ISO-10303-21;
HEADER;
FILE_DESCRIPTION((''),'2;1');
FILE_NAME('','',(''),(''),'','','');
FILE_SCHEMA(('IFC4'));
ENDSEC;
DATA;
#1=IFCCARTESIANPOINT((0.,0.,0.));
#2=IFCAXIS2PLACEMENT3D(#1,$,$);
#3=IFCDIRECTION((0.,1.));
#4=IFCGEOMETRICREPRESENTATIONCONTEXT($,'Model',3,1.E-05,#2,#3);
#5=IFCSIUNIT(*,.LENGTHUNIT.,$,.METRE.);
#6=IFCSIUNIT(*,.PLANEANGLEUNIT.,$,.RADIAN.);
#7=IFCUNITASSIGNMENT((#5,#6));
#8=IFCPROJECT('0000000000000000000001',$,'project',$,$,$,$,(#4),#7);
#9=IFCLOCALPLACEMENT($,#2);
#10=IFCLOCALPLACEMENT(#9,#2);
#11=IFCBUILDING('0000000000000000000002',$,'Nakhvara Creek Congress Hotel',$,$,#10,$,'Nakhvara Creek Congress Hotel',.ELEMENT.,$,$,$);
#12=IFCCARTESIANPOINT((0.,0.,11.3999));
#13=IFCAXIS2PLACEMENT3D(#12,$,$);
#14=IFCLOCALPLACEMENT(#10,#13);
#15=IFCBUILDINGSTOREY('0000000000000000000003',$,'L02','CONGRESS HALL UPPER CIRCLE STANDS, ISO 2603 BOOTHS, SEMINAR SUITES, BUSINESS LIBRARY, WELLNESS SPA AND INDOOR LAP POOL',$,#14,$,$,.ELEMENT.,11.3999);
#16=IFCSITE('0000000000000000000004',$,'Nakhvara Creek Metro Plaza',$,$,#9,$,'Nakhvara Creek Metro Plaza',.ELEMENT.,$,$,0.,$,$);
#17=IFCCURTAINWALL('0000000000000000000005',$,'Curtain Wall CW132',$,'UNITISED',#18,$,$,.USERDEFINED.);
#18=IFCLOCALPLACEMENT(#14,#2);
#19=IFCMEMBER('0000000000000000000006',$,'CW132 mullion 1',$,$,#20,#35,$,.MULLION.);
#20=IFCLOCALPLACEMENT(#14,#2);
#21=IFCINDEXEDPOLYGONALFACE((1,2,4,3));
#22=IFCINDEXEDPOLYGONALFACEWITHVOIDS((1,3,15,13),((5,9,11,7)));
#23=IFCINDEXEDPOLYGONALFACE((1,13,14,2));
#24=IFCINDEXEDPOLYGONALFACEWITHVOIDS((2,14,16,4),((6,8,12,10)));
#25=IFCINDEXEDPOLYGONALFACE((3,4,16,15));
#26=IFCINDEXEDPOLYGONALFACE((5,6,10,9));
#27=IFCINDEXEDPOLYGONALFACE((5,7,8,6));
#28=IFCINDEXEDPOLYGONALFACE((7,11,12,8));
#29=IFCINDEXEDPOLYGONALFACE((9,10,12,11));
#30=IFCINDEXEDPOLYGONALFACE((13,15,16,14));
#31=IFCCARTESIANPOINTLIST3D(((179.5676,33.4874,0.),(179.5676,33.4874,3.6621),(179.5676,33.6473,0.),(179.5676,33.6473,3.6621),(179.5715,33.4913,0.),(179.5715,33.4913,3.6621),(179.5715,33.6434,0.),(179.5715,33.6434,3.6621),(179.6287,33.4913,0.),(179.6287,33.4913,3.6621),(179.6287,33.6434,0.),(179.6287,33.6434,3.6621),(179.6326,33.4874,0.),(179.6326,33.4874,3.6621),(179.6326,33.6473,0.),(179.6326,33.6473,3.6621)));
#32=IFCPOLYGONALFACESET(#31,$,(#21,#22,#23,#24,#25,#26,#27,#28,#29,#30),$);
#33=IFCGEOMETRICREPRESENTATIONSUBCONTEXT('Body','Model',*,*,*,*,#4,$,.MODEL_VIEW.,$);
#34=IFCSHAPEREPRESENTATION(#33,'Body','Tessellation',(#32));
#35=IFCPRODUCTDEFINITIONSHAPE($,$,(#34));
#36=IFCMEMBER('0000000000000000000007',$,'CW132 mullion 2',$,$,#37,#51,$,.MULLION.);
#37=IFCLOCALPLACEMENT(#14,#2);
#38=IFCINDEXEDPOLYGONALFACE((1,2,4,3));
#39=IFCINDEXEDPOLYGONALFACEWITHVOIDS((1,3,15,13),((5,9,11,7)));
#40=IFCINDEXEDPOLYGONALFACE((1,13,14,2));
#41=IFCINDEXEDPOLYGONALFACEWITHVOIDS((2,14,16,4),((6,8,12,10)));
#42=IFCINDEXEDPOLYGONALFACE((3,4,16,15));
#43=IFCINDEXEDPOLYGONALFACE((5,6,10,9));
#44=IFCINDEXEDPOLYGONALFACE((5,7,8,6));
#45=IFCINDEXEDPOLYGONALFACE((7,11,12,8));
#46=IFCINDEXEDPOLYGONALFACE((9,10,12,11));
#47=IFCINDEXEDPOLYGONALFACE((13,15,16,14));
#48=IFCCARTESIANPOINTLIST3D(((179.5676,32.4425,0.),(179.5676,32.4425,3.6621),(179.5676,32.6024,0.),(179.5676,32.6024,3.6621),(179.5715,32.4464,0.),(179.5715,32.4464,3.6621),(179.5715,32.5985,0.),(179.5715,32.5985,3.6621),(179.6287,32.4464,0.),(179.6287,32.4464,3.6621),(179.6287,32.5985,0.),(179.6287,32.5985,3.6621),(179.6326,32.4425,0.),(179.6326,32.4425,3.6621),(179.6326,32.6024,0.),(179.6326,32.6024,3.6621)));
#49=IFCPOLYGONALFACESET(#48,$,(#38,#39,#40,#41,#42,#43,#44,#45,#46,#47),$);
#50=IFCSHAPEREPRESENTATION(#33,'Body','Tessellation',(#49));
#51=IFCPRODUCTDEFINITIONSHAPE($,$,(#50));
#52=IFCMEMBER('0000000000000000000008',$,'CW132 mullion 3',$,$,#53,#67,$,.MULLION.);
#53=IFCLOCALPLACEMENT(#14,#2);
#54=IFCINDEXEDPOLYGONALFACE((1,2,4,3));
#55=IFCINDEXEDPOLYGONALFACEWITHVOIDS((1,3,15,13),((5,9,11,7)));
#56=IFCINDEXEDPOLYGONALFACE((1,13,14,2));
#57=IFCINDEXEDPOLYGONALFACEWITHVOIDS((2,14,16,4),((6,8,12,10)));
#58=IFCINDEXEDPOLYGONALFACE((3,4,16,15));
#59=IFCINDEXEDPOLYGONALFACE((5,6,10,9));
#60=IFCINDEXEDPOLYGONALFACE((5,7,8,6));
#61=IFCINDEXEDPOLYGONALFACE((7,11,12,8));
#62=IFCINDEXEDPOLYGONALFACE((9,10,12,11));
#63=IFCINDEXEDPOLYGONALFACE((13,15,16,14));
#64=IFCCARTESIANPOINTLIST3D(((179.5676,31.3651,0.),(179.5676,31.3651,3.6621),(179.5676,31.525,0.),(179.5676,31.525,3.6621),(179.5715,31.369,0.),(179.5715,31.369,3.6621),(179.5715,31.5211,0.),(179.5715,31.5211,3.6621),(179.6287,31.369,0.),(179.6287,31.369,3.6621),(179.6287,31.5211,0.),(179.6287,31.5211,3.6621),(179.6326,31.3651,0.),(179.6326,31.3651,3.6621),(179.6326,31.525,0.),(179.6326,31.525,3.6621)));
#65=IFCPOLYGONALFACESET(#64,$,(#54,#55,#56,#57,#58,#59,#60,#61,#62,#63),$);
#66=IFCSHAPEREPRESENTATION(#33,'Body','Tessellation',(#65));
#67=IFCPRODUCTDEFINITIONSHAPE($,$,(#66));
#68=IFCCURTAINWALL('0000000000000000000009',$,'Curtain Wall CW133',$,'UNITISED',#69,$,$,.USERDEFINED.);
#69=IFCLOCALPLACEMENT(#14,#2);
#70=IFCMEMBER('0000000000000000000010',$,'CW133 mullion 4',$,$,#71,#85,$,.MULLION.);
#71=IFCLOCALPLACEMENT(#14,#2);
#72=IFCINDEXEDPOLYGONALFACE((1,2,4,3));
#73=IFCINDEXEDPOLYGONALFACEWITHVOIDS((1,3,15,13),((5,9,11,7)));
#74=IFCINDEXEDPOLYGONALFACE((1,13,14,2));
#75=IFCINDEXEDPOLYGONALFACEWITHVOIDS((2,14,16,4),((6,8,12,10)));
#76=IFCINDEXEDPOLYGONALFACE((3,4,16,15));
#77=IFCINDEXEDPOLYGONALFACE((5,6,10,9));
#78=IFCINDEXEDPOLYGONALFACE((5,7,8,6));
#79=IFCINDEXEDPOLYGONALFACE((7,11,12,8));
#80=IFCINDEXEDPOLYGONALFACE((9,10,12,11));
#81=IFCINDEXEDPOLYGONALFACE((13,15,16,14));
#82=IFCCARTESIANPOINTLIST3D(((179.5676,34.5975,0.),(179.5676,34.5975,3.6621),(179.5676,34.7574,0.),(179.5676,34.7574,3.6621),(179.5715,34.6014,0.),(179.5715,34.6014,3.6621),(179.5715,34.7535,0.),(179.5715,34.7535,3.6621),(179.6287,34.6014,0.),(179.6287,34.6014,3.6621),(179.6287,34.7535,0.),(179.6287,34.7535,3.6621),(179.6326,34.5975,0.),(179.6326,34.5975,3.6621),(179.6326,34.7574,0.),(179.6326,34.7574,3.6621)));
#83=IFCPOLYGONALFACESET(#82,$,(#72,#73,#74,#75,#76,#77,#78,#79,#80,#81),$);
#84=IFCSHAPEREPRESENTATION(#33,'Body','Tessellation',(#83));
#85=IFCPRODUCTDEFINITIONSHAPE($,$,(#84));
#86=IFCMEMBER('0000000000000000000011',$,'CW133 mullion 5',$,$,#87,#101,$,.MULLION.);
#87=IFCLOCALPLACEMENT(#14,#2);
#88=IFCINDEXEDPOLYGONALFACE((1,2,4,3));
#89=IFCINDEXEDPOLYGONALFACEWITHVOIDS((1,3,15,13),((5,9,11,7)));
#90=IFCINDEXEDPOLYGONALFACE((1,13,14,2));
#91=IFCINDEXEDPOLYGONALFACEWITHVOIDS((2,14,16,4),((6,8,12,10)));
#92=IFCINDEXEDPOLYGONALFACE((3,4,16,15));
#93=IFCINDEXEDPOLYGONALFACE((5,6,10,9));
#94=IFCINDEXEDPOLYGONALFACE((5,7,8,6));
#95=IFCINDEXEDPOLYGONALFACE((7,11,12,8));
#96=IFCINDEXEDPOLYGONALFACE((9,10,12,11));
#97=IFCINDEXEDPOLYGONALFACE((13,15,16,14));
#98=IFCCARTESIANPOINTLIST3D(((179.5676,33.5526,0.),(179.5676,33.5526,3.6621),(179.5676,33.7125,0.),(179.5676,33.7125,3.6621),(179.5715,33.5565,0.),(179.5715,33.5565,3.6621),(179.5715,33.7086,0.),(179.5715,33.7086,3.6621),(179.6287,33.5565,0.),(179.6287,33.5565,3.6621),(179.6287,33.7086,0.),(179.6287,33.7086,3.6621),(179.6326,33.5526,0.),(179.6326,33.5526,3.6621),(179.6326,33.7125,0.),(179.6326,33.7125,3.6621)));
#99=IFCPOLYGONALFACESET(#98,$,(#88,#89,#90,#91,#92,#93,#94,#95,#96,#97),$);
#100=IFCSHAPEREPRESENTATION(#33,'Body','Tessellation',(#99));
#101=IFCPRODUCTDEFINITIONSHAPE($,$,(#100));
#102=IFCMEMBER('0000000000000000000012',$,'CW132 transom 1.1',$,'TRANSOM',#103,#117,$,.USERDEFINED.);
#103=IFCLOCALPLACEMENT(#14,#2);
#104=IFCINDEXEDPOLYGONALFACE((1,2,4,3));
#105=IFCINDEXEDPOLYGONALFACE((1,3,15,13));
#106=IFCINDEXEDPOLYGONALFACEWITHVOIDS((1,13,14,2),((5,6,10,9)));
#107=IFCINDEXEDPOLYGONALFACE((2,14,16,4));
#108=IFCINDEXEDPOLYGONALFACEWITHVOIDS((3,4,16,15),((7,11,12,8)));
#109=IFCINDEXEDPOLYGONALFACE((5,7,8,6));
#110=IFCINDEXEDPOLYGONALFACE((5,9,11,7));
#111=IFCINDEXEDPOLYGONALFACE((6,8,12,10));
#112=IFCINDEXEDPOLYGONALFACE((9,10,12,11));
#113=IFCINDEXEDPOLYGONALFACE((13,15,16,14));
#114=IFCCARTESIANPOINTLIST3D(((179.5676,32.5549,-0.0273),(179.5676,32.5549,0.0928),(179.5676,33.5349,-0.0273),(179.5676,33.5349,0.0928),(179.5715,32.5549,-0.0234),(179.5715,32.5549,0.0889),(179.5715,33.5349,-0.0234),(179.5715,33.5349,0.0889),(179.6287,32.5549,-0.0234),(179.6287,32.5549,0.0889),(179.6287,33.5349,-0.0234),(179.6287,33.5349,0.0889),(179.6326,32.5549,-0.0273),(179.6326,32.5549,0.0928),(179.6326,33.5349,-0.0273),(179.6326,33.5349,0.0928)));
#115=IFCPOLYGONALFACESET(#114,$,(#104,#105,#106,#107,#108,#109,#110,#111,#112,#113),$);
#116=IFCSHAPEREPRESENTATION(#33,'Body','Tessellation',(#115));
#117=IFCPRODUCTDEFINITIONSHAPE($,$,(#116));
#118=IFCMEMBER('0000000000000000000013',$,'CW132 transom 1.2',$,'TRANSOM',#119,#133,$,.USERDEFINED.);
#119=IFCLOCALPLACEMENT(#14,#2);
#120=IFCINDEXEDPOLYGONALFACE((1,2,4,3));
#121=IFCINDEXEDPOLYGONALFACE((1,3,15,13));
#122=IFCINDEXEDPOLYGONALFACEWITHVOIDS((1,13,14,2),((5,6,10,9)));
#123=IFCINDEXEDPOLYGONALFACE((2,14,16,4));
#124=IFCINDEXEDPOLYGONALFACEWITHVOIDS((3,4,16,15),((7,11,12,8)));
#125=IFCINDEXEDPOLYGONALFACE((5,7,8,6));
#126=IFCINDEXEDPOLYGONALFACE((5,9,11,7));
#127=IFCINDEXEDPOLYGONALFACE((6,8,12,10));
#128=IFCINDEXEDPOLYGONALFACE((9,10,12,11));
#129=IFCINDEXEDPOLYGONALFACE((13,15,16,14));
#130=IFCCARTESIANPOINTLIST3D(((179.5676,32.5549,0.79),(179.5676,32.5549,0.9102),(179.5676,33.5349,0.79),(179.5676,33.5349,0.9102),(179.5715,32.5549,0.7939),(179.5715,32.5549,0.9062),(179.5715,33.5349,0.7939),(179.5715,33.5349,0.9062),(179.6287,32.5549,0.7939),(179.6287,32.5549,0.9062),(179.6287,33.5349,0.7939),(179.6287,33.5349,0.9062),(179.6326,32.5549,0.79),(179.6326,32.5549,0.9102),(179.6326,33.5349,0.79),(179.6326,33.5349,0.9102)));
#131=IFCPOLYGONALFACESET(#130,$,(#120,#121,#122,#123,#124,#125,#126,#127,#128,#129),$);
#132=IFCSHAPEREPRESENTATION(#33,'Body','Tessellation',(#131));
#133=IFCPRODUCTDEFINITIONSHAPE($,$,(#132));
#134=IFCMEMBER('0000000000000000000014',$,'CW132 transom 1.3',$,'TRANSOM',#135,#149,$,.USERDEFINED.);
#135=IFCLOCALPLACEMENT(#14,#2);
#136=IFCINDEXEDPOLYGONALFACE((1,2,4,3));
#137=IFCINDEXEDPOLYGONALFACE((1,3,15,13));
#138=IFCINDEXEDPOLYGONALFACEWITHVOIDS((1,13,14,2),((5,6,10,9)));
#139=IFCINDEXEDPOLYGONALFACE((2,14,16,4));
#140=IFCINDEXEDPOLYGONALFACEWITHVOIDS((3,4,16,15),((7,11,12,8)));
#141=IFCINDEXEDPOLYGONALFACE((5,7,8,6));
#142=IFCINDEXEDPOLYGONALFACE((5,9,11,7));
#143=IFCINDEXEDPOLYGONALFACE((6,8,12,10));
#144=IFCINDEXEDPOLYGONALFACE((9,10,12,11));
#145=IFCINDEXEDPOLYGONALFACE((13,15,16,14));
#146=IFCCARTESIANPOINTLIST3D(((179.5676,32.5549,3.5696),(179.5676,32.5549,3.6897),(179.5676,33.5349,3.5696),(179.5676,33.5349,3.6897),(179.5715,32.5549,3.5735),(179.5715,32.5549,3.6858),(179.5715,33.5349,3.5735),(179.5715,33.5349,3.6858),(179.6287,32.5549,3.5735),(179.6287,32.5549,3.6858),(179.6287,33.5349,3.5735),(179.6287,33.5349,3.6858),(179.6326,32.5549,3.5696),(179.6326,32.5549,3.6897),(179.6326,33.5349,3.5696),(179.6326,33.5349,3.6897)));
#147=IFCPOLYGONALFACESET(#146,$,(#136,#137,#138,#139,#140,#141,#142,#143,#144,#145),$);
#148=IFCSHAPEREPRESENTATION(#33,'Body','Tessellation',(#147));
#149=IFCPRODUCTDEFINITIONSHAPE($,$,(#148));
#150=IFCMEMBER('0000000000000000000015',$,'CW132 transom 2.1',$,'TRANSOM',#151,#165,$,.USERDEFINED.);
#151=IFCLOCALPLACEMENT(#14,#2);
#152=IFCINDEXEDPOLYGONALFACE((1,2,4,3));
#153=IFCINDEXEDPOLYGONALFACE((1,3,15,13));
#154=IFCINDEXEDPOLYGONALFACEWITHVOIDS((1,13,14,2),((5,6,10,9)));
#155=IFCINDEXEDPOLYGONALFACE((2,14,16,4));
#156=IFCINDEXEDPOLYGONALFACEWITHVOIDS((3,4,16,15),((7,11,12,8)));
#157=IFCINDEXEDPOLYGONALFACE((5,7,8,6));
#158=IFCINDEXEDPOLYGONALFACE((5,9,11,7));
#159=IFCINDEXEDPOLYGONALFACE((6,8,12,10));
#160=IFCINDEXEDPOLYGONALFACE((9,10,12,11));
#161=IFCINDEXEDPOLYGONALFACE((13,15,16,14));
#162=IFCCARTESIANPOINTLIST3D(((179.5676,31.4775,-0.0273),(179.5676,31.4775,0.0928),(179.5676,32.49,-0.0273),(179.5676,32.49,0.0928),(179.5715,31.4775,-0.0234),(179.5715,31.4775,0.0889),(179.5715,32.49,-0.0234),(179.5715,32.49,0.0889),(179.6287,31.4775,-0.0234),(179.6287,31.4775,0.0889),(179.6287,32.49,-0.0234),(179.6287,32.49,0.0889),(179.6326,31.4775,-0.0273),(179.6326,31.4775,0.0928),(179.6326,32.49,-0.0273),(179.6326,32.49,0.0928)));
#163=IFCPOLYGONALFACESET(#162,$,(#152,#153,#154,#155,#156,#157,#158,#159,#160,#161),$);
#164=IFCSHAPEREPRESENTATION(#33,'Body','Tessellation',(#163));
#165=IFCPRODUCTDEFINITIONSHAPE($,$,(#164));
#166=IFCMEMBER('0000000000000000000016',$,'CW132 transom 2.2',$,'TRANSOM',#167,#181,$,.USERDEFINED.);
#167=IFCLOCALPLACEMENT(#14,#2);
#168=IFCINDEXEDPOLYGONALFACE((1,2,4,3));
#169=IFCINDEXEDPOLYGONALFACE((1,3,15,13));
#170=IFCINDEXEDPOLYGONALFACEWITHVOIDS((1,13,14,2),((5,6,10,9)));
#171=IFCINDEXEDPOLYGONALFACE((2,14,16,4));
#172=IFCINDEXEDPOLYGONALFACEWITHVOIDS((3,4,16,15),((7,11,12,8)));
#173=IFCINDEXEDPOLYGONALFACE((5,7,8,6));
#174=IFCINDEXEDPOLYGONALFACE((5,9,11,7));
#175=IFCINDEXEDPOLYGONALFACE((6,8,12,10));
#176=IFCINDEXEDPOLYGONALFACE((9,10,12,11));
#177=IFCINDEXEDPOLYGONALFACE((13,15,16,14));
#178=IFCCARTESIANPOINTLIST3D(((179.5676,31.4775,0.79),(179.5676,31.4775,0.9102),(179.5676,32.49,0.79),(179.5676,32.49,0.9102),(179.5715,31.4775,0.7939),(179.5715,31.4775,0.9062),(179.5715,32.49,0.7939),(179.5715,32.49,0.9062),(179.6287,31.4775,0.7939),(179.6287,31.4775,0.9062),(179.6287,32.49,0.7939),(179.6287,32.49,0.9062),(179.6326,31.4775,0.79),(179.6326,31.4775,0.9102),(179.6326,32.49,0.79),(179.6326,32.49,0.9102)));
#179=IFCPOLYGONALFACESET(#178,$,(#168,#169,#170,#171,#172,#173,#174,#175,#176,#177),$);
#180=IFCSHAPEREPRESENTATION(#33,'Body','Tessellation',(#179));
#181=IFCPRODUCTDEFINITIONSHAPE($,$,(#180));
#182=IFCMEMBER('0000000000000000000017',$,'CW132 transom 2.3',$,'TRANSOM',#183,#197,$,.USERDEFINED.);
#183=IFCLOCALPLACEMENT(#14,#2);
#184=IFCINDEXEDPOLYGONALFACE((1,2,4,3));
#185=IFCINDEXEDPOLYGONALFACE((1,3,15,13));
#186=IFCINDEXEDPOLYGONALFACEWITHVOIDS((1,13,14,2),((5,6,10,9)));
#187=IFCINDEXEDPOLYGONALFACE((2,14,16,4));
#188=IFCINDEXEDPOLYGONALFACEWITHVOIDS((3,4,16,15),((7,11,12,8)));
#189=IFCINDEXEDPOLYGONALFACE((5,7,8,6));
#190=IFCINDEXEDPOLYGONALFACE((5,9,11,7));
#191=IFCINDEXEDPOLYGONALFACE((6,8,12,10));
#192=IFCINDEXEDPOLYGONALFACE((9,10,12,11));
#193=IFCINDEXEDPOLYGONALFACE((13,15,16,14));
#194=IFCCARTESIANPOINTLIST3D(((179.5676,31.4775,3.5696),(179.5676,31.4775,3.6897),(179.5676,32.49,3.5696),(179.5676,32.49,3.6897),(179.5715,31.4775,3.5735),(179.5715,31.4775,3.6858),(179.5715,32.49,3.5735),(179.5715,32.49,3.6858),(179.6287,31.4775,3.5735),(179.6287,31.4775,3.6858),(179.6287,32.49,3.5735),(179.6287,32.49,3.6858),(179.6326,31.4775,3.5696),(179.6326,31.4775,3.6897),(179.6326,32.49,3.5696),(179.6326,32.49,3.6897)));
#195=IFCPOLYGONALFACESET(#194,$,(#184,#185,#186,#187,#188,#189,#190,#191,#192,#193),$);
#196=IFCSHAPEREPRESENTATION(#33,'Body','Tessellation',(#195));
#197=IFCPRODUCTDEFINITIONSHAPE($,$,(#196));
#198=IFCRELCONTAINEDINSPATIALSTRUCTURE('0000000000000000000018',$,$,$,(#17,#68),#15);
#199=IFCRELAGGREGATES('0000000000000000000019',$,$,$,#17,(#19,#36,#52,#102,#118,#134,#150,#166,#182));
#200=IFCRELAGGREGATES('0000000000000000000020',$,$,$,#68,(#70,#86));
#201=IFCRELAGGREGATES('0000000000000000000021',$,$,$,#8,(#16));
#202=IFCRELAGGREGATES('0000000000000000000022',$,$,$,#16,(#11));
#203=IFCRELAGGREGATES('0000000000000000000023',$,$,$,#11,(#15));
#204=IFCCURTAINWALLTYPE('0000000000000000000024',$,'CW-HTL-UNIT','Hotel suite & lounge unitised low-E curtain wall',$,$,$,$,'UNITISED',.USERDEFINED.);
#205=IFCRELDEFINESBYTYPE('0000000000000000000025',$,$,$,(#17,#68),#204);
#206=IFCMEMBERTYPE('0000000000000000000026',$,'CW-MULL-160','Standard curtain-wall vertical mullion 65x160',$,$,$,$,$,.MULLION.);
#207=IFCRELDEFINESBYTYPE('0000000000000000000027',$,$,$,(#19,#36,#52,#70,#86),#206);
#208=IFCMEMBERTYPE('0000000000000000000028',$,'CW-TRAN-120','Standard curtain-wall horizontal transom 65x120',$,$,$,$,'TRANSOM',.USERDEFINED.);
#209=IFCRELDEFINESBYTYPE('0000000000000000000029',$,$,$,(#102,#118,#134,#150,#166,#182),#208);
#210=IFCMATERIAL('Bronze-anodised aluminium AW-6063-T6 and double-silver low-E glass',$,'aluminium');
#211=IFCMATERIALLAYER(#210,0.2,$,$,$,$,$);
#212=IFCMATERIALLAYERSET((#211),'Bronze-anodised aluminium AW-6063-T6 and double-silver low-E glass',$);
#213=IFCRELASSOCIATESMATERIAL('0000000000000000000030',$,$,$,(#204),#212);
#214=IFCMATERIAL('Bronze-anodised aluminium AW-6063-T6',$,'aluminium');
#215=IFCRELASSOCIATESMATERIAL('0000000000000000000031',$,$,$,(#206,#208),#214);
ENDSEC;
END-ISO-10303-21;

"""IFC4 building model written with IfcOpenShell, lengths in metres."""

from ifc_helpers import new_model, si_unit, direction, frame, origin, origin_2d, place, context, subcontext, project, spatial, hollow_rectangle, extrude, material, layer, layer_set, material_profile, profile_set, type_object, element, aggregate, save


model = new_model("IFC4")

# Units and contexts
model_context = context("Model", 3, precision=1e-05, world=origin(), true_north=direction((0.0, 1.0)))
body_context = subcontext(model_context, "Body", "Model", "MODEL_VIEW")
ifc_project = project(units=[si_unit("LENGTHUNIT", "METRE"), si_unit("PLANEANGLEUNIT", "RADIAN")], contexts=[model_context])

# Site, building, storey
site_placement = place(None, origin())
site = spatial("IfcSite", under=ifc_project, at=site_placement, Name="Nakhvara Creek Metro Plaza", LongName="Nakhvara Creek Metro Plaza", CompositionType="ELEMENT", RefElevation=0.0)
building_placement = place(site_placement, origin())
building = spatial("IfcBuilding", under=site, at=building_placement, Name="Nakhvara Creek Congress Hotel", LongName="Nakhvara Creek Congress Hotel", CompositionType="ELEMENT")
storey_placement = place(building_placement, frame((0.0, 0.0, 11.3999)))
storey = spatial("IfcBuildingStorey", under=building, at=storey_placement, Name="L02", Description="CONGRESS HALL UPPER CIRCLE STANDS, ISO 2603 BOOTHS, SEMINAR SUITES, BUSINESS LIBRARY, WELLNESS SPA AND INDOOR LAP POOL", CompositionType="ELEMENT", Elevation=11.3999)

# Curtain walls, members
ifc_material_1 = material(Name="Bronze-anodised aluminium AW-6063-T6 and double-silver low-E glass", Category="aluminium")
ifc_layer = layer(ifc_material_1, 0.2)
ifc_layer_set = layer_set([ifc_layer], Name="Bronze-anodised aluminium AW-6063-T6 and double-silver low-E glass")
curtain_wall_type = type_object("IfcCurtainWallType", Name="CW-HTL-UNIT", Description="Hotel suite & lounge unitised low-E curtain wall", ElementType="UNITISED", PredefinedType="USERDEFINED", material=ifc_layer_set)
curtain_wall_1_placement = place(storey_placement, origin())
curtain_wall_1 = element("IfcCurtainWall", 1, at=curtain_wall_1_placement, inside=storey, type_object=curtain_wall_type, Name="Curtain Wall CW132", ObjectType="UNITISED", PredefinedType="USERDEFINED")
ifc_material_2 = material(Name="Bronze-anodised aluminium AW-6063-T6", Category="aluminium")
ifc_material_profile_1 = material_profile(ifc_material_2, hollow_rectangle(XDim=0.0649, YDim=0.1599, WallThickness=0.0039, at=origin_2d()), Name="ALU-MULL 65x160x4", Category="LoadBearing")
ifc_profile_set_1 = profile_set([ifc_material_profile_1], Name="Bronze-anodised aluminium AW-6063-T6")
member_type_1 = type_object("IfcMemberType", Name="CW-MULL-160", Description="Standard curtain-wall vertical mullion 65x160", PredefinedType="MULLION", material=ifc_profile_set_1)
member_1_placement = place(storey_placement, frame((179.6001, 33.5674, 0.0), z_axis=(0.0, 0.0, 1.0), x_axis=(1.0, 0.0, 0.0)))
member_1 = element("IfcMember", 2, at=member_1_placement, type_object=member_type_1, Name="CW132 mullion 1", PredefinedType="MULLION", context=body_context, shape_type="SweptSolid", body=[
    extrude(hollow_rectangle(XDim=0.0649, YDim=0.1599, WallThickness=0.0039, at=origin_2d()), origin(), (0.0, 0.0, 1.0), 3.6621),
])
member_2_placement = place(storey_placement, frame((179.6001, 32.5225, 0.0), z_axis=(0.0, 0.0, 1.0), x_axis=(1.0, 0.0, 0.0)))
member_2 = element("IfcMember", 3, at=member_2_placement, type_object=member_type_1, Name="CW132 mullion 2", PredefinedType="MULLION", context=body_context, shape_type="SweptSolid", body=[
    extrude(hollow_rectangle(XDim=0.0649, YDim=0.1599, WallThickness=0.0039, at=origin_2d()), origin(), (0.0, 0.0, 1.0), 3.6621),
])
member_3_placement = place(storey_placement, frame((179.6001, 31.4451, 0.0), z_axis=(0.0, 0.0, 1.0), x_axis=(1.0, 0.0, 0.0)))
member_3 = element("IfcMember", 4, at=member_3_placement, type_object=member_type_1, Name="CW132 mullion 3", PredefinedType="MULLION", context=body_context, shape_type="SweptSolid", body=[
    extrude(hollow_rectangle(XDim=0.0649, YDim=0.1599, WallThickness=0.0039, at=origin_2d()), origin(), (0.0, 0.0, 1.0), 3.6621),
])
curtain_wall_2_placement = place(storey_placement, origin())
curtain_wall_2 = element("IfcCurtainWall", 5, at=curtain_wall_2_placement, inside=storey, type_object=curtain_wall_type, Name="Curtain Wall CW133", ObjectType="UNITISED", PredefinedType="USERDEFINED")
member_4_placement = place(storey_placement, frame((179.6001, 34.6775, 0.0), z_axis=(0.0, 0.0, 1.0), x_axis=(1.0, 0.0, 0.0)))
member_4 = element("IfcMember", 6, at=member_4_placement, type_object=member_type_1, Name="CW133 mullion 4", PredefinedType="MULLION", context=body_context, shape_type="SweptSolid", body=[
    extrude(hollow_rectangle(XDim=0.0649, YDim=0.1599, WallThickness=0.0039, at=origin_2d()), origin(), (0.0, 0.0, 1.0), 3.6621),
])
member_5_placement = place(storey_placement, frame((179.6001, 33.6326, 0.0), z_axis=(0.0, 0.0, 1.0), x_axis=(1.0, 0.0, 0.0)))
member_5 = element("IfcMember", 7, at=member_5_placement, type_object=member_type_1, Name="CW133 mullion 5", PredefinedType="MULLION", context=body_context, shape_type="SweptSolid", body=[
    extrude(hollow_rectangle(XDim=0.0649, YDim=0.1599, WallThickness=0.0039, at=origin_2d()), origin(), (0.0, 0.0, 1.0), 3.6621),
])

# Members
ifc_material_profile_2 = material_profile(ifc_material_2, hollow_rectangle(XDim=0.0649, YDim=0.1201, WallThickness=0.0039, at=origin_2d()), Name="ALU-TRAN 65x120x4", Category="LoadBearing")
ifc_profile_set_2 = profile_set([ifc_material_profile_2], Name="Bronze-anodised aluminium AW-6063-T6")
member_type_2 = type_object("IfcMemberType", Name="CW-TRAN-120", Description="Standard curtain-wall horizontal transom 65x120", ElementType="TRANSOM", PredefinedType="USERDEFINED", material=ifc_profile_set_2)
member_6_placement = place(storey_placement, frame((179.6001, 33.5349, 0.0327), z_axis=(0.0, -1.0, 0.0), x_axis=(1.0, 0.0, 0.0)))
member_6 = element("IfcMember", 8, at=member_6_placement, type_object=member_type_2, Name="CW132 transom 1.1", ObjectType="TRANSOM", PredefinedType="USERDEFINED", context=body_context, shape_type="SweptSolid", body=[
    extrude(hollow_rectangle(XDim=0.0649, YDim=0.1201, WallThickness=0.0039, at=origin_2d()), origin(), (0.0, 0.0, 1.0), 0.98),
])
member_7_placement = place(storey_placement, frame((179.6001, 33.5349, 0.8501), z_axis=(0.0, -1.0, 0.0), x_axis=(1.0, 0.0, 0.0)))
member_7 = element("IfcMember", 9, at=member_7_placement, type_object=member_type_2, Name="CW132 transom 1.2", ObjectType="TRANSOM", PredefinedType="USERDEFINED", context=body_context, shape_type="SweptSolid", body=[
    extrude(hollow_rectangle(XDim=0.0649, YDim=0.1201, WallThickness=0.0039, at=origin_2d()), origin(), (0.0, 0.0, 1.0), 0.98),
])
member_8_placement = place(storey_placement, frame((179.6001, 33.5349, 3.6296), z_axis=(0.0, -1.0, 0.0), x_axis=(1.0, 0.0, 0.0)))
member_8 = element("IfcMember", 10, at=member_8_placement, type_object=member_type_2, Name="CW132 transom 1.3", ObjectType="TRANSOM", PredefinedType="USERDEFINED", context=body_context, shape_type="SweptSolid", body=[
    extrude(hollow_rectangle(XDim=0.0649, YDim=0.1201, WallThickness=0.0039, at=origin_2d()), origin(), (0.0, 0.0, 1.0), 0.98),
])
member_9_placement = place(storey_placement, frame((179.6001, 32.49, 0.0327), z_axis=(0.0, -1.0, 0.0), x_axis=(1.0, 0.0, 0.0)))
member_9 = element("IfcMember", 11, at=member_9_placement, type_object=member_type_2, Name="CW132 transom 2.1", ObjectType="TRANSOM", PredefinedType="USERDEFINED", context=body_context, shape_type="SweptSolid", body=[
    extrude(hollow_rectangle(XDim=0.0649, YDim=0.1201, WallThickness=0.0039, at=origin_2d()), origin(), (0.0, 0.0, 1.0), 1.0125),
])
member_10_placement = place(storey_placement, frame((179.6001, 32.49, 0.8501), z_axis=(0.0, -1.0, 0.0), x_axis=(1.0, 0.0, 0.0)))
member_10 = element("IfcMember", 12, at=member_10_placement, type_object=member_type_2, Name="CW132 transom 2.2", ObjectType="TRANSOM", PredefinedType="USERDEFINED", context=body_context, shape_type="SweptSolid", body=[
    extrude(hollow_rectangle(XDim=0.0649, YDim=0.1201, WallThickness=0.0039, at=origin_2d()), origin(), (0.0, 0.0, 1.0), 1.0125),
])
member_11_placement = place(storey_placement, frame((179.6001, 32.49, 3.6296), z_axis=(0.0, -1.0, 0.0), x_axis=(1.0, 0.0, 0.0)))
member_11 = element("IfcMember", 13, at=member_11_placement, type_object=member_type_2, Name="CW132 transom 2.3", ObjectType="TRANSOM", PredefinedType="USERDEFINED", context=body_context, shape_type="SweptSolid", body=[
    extrude(hollow_rectangle(XDim=0.0649, YDim=0.1201, WallThickness=0.0039, at=origin_2d()), origin(), (0.0, 0.0, 1.0), 1.0125),
])

aggregate(curtain_wall_1, [member_1, member_2, member_3, member_6, member_7, member_8, member_9, member_10, member_11])
aggregate(curtain_wall_2, [member_4, member_5])

save(model, "model.ifc")
